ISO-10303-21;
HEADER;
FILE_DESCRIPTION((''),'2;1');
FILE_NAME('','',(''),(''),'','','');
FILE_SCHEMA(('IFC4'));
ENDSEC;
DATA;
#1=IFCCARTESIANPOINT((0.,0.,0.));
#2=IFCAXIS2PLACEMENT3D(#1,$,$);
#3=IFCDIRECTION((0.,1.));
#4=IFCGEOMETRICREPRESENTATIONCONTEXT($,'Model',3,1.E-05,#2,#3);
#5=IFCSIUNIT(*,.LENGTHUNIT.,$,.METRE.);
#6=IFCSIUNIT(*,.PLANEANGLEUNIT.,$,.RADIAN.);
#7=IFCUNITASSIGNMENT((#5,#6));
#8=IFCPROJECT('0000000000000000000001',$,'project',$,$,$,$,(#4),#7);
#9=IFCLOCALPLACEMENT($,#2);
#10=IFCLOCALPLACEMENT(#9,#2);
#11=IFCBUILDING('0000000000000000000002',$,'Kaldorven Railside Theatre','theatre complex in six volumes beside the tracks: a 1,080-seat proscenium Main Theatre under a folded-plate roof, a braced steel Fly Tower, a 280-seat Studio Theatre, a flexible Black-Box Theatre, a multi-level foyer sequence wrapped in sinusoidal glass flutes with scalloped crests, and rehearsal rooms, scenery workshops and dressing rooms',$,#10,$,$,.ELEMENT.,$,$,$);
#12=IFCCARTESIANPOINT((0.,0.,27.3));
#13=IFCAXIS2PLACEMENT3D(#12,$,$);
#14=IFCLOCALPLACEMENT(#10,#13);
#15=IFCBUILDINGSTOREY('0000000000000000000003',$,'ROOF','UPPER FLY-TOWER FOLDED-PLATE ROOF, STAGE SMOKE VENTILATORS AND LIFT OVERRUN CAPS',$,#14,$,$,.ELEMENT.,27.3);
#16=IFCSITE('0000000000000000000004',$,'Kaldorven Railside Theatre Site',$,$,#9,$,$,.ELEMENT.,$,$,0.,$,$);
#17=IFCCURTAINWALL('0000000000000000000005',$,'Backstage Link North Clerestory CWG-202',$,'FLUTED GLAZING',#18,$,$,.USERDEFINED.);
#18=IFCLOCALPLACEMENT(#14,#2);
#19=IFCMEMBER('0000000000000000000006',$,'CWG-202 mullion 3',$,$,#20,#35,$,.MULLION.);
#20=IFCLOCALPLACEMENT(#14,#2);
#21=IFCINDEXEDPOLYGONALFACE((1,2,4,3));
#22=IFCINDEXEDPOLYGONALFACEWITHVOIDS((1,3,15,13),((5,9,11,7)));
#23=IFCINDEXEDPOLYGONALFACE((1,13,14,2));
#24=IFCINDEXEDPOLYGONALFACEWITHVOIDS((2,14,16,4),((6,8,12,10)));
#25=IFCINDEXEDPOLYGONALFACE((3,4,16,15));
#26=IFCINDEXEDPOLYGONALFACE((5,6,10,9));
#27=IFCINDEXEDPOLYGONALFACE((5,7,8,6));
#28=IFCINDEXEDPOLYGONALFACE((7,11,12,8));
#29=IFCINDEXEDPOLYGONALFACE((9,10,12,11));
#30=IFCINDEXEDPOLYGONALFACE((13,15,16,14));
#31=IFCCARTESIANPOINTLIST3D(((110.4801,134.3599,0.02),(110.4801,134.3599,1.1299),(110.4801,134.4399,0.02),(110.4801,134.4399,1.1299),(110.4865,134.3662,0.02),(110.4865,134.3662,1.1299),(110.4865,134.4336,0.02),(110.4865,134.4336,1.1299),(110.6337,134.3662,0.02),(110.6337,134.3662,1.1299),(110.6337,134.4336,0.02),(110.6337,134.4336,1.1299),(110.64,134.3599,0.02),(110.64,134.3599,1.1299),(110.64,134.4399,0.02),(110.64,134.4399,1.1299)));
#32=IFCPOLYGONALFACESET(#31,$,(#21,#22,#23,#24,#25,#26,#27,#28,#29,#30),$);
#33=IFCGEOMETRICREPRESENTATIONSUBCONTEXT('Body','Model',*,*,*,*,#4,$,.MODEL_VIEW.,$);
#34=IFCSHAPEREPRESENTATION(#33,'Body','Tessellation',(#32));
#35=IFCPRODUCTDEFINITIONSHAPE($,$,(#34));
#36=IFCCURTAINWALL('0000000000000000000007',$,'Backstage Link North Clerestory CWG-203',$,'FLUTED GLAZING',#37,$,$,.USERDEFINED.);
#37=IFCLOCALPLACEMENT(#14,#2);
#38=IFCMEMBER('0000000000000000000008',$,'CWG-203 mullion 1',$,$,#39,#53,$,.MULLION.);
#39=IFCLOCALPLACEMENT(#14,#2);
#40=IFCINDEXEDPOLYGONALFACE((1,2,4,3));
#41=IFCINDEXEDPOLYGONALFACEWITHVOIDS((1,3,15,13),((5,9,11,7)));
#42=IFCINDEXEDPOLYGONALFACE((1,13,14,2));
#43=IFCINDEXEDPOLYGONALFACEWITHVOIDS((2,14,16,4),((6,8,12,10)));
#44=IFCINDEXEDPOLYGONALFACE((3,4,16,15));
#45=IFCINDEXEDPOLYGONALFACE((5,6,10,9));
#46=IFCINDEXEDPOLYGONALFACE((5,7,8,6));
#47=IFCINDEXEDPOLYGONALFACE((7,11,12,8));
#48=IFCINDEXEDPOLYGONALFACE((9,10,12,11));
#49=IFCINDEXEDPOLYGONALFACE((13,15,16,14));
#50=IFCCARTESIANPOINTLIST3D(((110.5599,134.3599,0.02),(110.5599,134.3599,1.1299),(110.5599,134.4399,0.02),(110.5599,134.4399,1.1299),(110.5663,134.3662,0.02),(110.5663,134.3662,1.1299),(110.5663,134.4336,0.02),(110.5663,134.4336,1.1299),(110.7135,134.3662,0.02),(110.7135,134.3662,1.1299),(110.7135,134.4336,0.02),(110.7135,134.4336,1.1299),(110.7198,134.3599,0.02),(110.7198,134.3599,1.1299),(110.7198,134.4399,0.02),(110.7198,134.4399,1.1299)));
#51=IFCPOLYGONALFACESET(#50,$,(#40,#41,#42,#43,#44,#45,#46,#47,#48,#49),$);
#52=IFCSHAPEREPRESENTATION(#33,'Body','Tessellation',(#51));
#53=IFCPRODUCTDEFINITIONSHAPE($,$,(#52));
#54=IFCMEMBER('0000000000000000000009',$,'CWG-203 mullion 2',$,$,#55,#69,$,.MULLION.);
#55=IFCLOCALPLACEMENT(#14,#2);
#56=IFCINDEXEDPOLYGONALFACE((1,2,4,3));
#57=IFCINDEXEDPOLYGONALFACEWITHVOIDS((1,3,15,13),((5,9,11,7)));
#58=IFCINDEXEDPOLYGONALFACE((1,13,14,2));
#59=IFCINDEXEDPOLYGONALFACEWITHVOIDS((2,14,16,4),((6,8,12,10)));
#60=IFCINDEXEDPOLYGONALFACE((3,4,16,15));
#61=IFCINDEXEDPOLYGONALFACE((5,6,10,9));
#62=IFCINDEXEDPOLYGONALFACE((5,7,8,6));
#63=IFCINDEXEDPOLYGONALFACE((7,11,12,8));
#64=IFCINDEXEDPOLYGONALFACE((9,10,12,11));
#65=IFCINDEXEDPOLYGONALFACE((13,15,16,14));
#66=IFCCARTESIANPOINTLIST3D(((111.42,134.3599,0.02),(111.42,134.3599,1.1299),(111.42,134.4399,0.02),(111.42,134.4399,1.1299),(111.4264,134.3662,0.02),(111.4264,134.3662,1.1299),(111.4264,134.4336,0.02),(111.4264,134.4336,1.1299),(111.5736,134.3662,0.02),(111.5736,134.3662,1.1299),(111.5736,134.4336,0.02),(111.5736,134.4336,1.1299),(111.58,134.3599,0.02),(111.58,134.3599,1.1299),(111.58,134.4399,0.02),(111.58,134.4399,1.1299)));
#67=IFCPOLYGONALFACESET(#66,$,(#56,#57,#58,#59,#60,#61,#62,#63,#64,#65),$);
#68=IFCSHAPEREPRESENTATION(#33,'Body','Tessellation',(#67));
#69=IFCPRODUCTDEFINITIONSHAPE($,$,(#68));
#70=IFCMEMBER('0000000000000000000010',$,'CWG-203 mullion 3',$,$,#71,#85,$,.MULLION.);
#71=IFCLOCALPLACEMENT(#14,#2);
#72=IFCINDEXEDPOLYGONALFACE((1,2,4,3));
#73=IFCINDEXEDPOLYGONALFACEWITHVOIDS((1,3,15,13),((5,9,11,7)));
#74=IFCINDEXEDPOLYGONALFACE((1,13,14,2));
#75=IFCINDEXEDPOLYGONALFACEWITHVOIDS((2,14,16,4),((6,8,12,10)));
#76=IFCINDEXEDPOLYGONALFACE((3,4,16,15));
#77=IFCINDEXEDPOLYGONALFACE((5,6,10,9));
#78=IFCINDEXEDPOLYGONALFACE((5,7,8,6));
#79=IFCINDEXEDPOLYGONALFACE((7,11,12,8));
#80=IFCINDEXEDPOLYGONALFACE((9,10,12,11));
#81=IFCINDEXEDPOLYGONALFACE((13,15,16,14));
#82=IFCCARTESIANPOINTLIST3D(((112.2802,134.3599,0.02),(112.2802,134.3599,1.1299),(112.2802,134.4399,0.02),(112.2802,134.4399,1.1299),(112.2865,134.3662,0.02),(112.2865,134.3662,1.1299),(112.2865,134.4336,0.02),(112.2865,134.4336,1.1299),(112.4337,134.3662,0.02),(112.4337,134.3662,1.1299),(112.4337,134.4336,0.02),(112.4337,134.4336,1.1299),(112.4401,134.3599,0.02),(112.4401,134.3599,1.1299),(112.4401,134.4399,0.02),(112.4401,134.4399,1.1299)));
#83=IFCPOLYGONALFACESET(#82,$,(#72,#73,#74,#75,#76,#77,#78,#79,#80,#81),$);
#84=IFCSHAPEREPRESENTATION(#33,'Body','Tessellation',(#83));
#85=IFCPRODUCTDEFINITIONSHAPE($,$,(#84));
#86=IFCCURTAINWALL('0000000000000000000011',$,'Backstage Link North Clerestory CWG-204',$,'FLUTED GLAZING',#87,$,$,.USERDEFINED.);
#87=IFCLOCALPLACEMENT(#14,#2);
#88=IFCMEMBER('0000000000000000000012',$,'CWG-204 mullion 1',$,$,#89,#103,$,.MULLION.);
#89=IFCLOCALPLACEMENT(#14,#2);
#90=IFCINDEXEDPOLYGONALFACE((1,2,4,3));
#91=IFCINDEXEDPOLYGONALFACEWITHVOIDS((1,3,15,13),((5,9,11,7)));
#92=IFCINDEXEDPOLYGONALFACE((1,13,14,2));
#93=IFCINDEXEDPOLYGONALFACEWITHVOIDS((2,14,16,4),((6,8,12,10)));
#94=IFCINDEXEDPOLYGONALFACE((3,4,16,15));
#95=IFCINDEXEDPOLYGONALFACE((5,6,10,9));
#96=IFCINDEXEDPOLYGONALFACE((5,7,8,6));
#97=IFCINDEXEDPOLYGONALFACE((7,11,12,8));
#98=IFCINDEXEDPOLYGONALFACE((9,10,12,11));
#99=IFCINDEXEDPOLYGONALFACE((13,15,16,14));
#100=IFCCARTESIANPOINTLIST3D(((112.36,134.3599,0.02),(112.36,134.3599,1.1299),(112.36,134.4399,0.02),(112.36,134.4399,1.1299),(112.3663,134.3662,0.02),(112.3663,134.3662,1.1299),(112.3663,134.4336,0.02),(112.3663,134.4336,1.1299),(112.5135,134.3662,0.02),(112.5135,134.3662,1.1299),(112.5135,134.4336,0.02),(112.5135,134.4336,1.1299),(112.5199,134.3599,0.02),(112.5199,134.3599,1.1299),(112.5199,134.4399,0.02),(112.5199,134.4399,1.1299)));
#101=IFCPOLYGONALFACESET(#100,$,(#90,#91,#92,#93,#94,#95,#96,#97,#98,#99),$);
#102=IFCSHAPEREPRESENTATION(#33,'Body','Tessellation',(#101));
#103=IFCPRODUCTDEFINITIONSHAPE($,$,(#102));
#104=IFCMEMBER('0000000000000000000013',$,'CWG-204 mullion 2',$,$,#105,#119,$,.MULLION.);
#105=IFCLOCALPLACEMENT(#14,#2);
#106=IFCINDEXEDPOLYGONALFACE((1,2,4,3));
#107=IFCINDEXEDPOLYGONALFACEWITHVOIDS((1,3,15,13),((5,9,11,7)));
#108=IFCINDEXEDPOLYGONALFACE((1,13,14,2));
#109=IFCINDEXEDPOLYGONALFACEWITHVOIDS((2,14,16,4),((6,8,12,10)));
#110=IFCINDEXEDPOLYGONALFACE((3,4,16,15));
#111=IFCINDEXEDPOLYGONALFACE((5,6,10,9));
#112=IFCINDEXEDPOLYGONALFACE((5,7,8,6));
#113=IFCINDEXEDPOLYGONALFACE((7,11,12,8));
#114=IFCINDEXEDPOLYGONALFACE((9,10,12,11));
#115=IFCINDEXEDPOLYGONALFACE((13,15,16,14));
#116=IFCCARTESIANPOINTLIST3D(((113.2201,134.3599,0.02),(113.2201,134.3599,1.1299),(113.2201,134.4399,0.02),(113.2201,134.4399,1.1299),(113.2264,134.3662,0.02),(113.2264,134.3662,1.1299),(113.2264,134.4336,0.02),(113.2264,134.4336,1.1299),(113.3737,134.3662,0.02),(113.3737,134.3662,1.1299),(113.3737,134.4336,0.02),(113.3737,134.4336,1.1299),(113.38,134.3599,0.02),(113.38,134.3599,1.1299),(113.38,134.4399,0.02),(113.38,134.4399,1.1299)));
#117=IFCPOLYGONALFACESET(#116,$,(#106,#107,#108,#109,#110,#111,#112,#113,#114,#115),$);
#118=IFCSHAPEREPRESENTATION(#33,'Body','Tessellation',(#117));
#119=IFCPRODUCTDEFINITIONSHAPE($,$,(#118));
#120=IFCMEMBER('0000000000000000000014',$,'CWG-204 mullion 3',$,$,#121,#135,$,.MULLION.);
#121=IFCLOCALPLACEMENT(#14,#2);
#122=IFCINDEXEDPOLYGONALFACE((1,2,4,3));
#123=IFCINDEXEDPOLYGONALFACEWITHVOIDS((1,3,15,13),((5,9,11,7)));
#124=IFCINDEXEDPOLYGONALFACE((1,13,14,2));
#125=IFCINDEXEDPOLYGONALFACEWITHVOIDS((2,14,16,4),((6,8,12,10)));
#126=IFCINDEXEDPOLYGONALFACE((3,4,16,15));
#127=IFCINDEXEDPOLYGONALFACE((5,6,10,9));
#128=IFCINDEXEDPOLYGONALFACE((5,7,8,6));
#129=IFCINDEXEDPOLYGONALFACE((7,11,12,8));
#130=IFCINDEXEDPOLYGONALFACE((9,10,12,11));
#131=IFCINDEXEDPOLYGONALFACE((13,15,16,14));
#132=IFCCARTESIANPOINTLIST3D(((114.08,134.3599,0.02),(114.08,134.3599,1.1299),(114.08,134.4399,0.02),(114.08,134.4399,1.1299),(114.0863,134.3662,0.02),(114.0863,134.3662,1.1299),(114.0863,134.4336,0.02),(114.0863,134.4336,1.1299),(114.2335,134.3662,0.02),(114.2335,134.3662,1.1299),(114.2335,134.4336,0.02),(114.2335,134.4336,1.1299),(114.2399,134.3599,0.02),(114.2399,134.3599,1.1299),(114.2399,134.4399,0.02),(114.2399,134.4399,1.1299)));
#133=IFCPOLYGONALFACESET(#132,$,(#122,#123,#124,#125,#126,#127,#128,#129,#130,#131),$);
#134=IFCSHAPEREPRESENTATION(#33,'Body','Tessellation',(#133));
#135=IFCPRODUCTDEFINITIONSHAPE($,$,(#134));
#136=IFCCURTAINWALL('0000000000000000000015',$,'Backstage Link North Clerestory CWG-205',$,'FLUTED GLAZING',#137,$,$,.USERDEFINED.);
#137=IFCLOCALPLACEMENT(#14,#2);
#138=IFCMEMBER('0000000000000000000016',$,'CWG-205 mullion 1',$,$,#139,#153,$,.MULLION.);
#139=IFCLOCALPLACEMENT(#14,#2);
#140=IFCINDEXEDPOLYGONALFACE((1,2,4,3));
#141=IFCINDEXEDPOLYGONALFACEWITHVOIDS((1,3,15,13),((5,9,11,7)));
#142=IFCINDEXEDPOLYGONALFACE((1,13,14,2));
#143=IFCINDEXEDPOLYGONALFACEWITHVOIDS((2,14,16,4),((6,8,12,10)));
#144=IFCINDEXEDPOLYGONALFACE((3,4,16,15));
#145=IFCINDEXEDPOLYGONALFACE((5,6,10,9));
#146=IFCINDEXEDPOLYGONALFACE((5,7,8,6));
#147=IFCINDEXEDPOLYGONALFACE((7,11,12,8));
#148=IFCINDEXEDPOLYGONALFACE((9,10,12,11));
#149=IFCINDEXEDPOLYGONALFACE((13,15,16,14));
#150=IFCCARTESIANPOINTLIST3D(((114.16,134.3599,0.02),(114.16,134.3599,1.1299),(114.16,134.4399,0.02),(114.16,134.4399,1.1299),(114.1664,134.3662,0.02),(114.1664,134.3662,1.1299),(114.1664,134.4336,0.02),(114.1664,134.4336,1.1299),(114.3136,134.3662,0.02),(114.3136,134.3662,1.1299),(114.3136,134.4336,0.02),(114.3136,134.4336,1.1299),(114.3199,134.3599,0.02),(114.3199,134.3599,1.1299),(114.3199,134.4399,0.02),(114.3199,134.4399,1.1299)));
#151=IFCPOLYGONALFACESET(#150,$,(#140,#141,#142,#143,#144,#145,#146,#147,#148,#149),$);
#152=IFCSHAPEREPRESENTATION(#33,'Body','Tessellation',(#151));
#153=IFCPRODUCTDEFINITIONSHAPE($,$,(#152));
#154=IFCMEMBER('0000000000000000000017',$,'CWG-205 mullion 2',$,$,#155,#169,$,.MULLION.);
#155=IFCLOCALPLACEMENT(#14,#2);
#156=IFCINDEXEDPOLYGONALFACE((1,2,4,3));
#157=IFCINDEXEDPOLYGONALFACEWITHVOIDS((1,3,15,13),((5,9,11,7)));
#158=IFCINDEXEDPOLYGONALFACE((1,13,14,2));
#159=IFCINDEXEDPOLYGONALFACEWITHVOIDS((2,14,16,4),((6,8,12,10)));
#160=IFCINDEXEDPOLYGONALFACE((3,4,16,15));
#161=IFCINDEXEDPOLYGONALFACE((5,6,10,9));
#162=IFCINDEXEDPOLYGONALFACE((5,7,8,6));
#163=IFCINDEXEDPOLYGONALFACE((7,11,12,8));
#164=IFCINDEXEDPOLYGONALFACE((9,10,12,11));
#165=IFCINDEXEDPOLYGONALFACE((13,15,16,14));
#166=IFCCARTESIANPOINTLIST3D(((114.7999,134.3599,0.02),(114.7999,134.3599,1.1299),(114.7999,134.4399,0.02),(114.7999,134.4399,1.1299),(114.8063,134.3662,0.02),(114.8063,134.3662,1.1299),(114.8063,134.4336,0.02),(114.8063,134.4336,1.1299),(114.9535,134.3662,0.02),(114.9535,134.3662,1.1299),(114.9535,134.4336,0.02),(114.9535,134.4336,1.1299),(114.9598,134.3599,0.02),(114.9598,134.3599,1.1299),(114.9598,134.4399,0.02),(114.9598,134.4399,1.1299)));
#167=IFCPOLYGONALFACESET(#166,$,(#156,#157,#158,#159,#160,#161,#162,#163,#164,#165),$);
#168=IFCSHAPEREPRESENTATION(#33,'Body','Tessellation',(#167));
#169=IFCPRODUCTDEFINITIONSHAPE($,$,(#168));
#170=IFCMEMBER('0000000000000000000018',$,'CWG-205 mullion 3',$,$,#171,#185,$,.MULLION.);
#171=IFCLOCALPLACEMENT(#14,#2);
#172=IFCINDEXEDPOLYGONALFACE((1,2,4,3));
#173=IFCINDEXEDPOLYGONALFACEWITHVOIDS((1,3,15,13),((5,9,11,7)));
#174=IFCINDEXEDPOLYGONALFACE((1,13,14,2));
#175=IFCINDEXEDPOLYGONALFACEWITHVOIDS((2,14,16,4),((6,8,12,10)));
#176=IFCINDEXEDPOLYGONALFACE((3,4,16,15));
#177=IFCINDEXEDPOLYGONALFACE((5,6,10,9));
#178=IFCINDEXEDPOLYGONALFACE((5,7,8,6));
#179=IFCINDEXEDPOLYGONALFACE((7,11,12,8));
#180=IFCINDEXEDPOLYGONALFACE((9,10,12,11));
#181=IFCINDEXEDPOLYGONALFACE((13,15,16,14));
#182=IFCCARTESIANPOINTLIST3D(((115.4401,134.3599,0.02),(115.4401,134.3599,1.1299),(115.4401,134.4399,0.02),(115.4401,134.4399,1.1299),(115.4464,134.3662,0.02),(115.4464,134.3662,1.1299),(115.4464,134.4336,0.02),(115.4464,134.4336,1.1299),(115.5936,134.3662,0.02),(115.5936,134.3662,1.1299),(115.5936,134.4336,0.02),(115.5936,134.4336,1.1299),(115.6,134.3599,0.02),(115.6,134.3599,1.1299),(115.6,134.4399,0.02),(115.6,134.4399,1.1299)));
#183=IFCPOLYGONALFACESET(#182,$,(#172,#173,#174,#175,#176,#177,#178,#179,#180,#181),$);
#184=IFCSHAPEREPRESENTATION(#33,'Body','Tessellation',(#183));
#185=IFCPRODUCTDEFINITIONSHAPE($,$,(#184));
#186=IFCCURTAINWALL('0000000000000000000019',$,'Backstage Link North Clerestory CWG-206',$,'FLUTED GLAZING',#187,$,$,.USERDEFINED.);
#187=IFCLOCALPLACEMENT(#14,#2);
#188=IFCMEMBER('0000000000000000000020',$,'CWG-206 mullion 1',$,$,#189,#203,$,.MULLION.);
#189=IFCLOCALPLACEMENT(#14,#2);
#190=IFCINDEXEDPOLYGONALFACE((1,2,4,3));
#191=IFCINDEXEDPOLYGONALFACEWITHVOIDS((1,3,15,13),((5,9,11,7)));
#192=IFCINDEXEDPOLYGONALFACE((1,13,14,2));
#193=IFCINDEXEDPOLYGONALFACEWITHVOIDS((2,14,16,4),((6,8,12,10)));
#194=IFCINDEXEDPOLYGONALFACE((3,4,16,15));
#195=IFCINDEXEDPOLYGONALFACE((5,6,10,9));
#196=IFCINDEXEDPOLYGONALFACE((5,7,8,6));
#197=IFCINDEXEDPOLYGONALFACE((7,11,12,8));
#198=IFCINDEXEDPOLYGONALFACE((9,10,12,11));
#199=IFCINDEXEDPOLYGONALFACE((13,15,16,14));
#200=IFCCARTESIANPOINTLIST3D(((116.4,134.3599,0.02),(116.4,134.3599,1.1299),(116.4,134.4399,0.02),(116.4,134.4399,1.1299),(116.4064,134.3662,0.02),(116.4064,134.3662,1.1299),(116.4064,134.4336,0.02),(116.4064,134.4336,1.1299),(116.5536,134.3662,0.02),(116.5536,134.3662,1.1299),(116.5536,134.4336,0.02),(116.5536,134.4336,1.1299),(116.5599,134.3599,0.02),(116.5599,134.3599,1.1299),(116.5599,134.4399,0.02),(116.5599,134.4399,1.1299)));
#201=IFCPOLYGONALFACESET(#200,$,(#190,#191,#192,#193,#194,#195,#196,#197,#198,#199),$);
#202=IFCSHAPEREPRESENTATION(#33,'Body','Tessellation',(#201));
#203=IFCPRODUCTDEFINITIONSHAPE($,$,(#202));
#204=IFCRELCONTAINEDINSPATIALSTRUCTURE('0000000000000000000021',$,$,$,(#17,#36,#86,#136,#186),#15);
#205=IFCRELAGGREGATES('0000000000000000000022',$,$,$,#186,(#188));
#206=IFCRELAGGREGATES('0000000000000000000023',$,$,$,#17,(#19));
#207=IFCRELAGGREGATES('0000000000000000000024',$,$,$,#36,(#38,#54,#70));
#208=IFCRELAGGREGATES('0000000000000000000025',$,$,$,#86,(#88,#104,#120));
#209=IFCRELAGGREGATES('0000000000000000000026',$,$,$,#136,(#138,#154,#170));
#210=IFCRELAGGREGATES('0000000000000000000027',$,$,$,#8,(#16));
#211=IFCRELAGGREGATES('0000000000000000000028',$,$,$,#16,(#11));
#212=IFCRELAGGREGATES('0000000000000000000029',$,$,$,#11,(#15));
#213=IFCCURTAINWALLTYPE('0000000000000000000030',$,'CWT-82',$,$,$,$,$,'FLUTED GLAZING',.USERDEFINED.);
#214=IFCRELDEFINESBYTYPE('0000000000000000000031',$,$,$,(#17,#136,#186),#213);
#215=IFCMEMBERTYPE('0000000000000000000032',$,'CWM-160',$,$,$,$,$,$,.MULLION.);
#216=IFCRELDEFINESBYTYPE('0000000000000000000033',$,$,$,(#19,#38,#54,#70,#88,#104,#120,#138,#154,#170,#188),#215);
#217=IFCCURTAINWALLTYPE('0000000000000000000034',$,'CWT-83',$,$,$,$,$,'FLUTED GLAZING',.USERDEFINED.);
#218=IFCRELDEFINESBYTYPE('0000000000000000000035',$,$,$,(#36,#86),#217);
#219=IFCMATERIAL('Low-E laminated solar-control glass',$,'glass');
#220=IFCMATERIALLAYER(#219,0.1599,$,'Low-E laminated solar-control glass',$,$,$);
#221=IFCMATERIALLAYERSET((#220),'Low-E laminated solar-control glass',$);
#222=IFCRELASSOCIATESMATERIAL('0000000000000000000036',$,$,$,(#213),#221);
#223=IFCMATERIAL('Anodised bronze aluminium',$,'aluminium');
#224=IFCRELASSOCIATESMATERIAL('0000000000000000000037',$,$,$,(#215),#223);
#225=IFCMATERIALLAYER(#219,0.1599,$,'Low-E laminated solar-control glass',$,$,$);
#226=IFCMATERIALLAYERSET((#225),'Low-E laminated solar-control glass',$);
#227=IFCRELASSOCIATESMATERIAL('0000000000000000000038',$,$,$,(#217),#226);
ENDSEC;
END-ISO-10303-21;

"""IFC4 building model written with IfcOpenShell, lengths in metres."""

from ifc_helpers import new_model, si_unit, direction, frame, origin, origin_2d, place, context, subcontext, project, spatial, hollow_rectangle, extrude, material, layer, layer_set, material_profile, profile_set, type_object, element, aggregate, save


model = new_model("IFC4")

# Units and contexts
model_context = context("Model", 3, precision=1e-05, world=origin(), true_north=direction((0.0, 1.0)))
body_context = subcontext(model_context, "Body", "Model", "MODEL_VIEW")
ifc_project = project(units=[si_unit("LENGTHUNIT", "METRE"), si_unit("PLANEANGLEUNIT", "RADIAN")], contexts=[model_context])

# Site, building, storey
site_placement = place(None, origin())
site = spatial("IfcSite", under=ifc_project, at=site_placement, Name="Kaldorven Railside Theatre Site", CompositionType="ELEMENT", RefElevation=0.0)
building_placement = place(site_placement, origin())
building = spatial("IfcBuilding", under=site, at=building_placement, Name="Kaldorven Railside Theatre", Description="theatre complex in six volumes beside the tracks: a 1,080-seat proscenium Main Theatre under a folded-plate roof, a braced steel Fly Tower, a 280-seat Studio Theatre, a flexible Black-Box Theatre, a multi-level foyer sequence wrapped in sinusoidal glass flutes with scalloped crests, and rehearsal rooms, scenery workshops and dressing rooms", CompositionType="ELEMENT")
storey_placement = place(building_placement, frame((0.0, 0.0, 27.3)))
storey = spatial("IfcBuildingStorey", under=building, at=storey_placement, Name="ROOF", Description="UPPER FLY-TOWER FOLDED-PLATE ROOF, STAGE SMOKE VENTILATORS AND LIFT OVERRUN CAPS", CompositionType="ELEMENT", Elevation=27.3)

# Curtain wall, member
ifc_material_1 = material(Name="Low-E laminated solar-control glass", Category="glass")
ifc_layer_1 = layer(ifc_material_1, 0.1599, Name="Low-E laminated solar-control glass")
ifc_layer_set_1 = layer_set([ifc_layer_1], Name="Low-E laminated solar-control glass")
curtain_wall_type_1 = type_object("IfcCurtainWallType", Name="CWT-82", ElementType="FLUTED GLAZING", PredefinedType="USERDEFINED", material=ifc_layer_set_1)
curtain_wall_1_placement = place(storey_placement, origin())
curtain_wall_1 = element("IfcCurtainWall", 1, at=curtain_wall_1_placement, inside=storey, type_object=curtain_wall_type_1, Name="Backstage Link North Clerestory CWG-202", ObjectType="FLUTED GLAZING", PredefinedType="USERDEFINED")
ifc_material_2 = material(Name="Anodised bronze aluminium", Category="aluminium")
ifc_material_profile_1 = material_profile(ifc_material_2, hollow_rectangle(XDim=0.0801, YDim=0.1599, WallThickness=0.0063, at=origin_2d()), Name="RHS 160x80x6.3")
ifc_profile_set_1 = profile_set([ifc_material_profile_1], Name="Anodised bronze aluminium")
member_type_1 = type_object("IfcMemberType", Name="CWM-160", PredefinedType="MULLION", material=ifc_profile_set_1)
member_1_placement = place(storey_placement, frame((110.5601, 134.3999, 0.02), z_axis=(0.0, 0.0, 1.0), x_axis=(0.0, 1.0, 0.0)))
member_1 = element("IfcMember", 2, at=member_1_placement, type_object=member_type_1, Name="CWG-202 mullion 3", PredefinedType="MULLION", context=body_context, shape_type="SweptSolid", body=[
    extrude(hollow_rectangle(XDim=0.0801, YDim=0.1599, WallThickness=0.0063, at=origin_2d()), origin(), (0.0, 0.0, 1.0), 1.1099),
])

# Curtain walls, members
ifc_layer_2 = layer(ifc_material_1, 0.1599, Name="Low-E laminated solar-control glass")
ifc_layer_set_2 = layer_set([ifc_layer_2], Name="Low-E laminated solar-control glass")
curtain_wall_type_2 = type_object("IfcCurtainWallType", Name="CWT-83", ElementType="FLUTED GLAZING", PredefinedType="USERDEFINED", material=ifc_layer_set_2)
curtain_wall_2_placement = place(storey_placement, origin())
curtain_wall_2 = element("IfcCurtainWall", 3, at=curtain_wall_2_placement, inside=storey, type_object=curtain_wall_type_2, Name="Backstage Link North Clerestory CWG-203", ObjectType="FLUTED GLAZING", PredefinedType="USERDEFINED")
member_2_placement = place(storey_placement, frame((110.6399, 134.3999, 0.02), z_axis=(0.0, 0.0, 1.0), x_axis=(0.0, 1.0, 0.0)))
member_2 = element("IfcMember", 4, at=member_2_placement, type_object=member_type_1, Name="CWG-203 mullion 1", PredefinedType="MULLION", context=body_context, shape_type="SweptSolid", body=[
    extrude(hollow_rectangle(XDim=0.0801, YDim=0.1599, WallThickness=0.0063, at=origin_2d()), origin(), (0.0, 0.0, 1.0), 1.1099),
])
member_3_placement = place(storey_placement, frame((111.5, 134.3999, 0.02), z_axis=(0.0, 0.0, 1.0), x_axis=(0.0, 1.0, 0.0)))
member_3 = element("IfcMember", 5, at=member_3_placement, type_object=member_type_1, Name="CWG-203 mullion 2", PredefinedType="MULLION", context=body_context, shape_type="SweptSolid", body=[
    extrude(hollow_rectangle(XDim=0.0801, YDim=0.1599, WallThickness=0.0063, at=origin_2d()), origin(), (0.0, 0.0, 1.0), 1.1099),
])
member_4_placement = place(storey_placement, frame((112.3601, 134.3999, 0.02), z_axis=(0.0, 0.0, 1.0), x_axis=(0.0, 1.0, 0.0)))
member_4 = element("IfcMember", 6, at=member_4_placement, type_object=member_type_1, Name="CWG-203 mullion 3", PredefinedType="MULLION", context=body_context, shape_type="SweptSolid", body=[
    extrude(hollow_rectangle(XDim=0.0801, YDim=0.1599, WallThickness=0.0063, at=origin_2d()), origin(), (0.0, 0.0, 1.0), 1.1099),
])
curtain_wall_3_placement = place(storey_placement, origin())
curtain_wall_3 = element("IfcCurtainWall", 7, at=curtain_wall_3_placement, inside=storey, type_object=curtain_wall_type_2, Name="Backstage Link North Clerestory CWG-204", ObjectType="FLUTED GLAZING", PredefinedType="USERDEFINED")
member_5_placement = place(storey_placement, frame((112.4399, 134.3999, 0.02), z_axis=(0.0, 0.0, 1.0), x_axis=(0.0, 1.0, 0.0)))
member_5 = element("IfcMember", 8, at=member_5_placement, type_object=member_type_1, Name="CWG-204 mullion 1", PredefinedType="MULLION", context=body_context, shape_type="SweptSolid", body=[
    extrude(hollow_rectangle(XDim=0.0801, YDim=0.1599, WallThickness=0.0063, at=origin_2d()), origin(), (0.0, 0.0, 1.0), 1.1099),
])
member_6_placement = place(storey_placement, frame((113.3, 134.3999, 0.02), z_axis=(0.0, 0.0, 1.0), x_axis=(0.0, 1.0, 0.0)))
member_6 = element("IfcMember", 9, at=member_6_placement, type_object=member_type_1, Name="CWG-204 mullion 2", PredefinedType="MULLION", context=body_context, shape_type="SweptSolid", body=[
    extrude(hollow_rectangle(XDim=0.0801, YDim=0.1599, WallThickness=0.0063, at=origin_2d()), origin(), (0.0, 0.0, 1.0), 1.1099),
])
member_7_placement = place(storey_placement, frame((114.1599, 134.3999, 0.02), z_axis=(0.0, 0.0, 1.0), x_axis=(0.0, 1.0, 0.0)))
member_7 = element("IfcMember", 10, at=member_7_placement, type_object=member_type_1, Name="CWG-204 mullion 3", PredefinedType="MULLION", context=body_context, shape_type="SweptSolid", body=[
    extrude(hollow_rectangle(XDim=0.0801, YDim=0.1599, WallThickness=0.0063, at=origin_2d()), origin(), (0.0, 0.0, 1.0), 1.1099),
])
curtain_wall_4_placement = place(storey_placement, origin())
curtain_wall_4 = element("IfcCurtainWall", 11, at=curtain_wall_4_placement, inside=storey, type_object=curtain_wall_type_1, Name="Backstage Link North Clerestory CWG-205", ObjectType="FLUTED GLAZING", PredefinedType="USERDEFINED")
member_8_placement = place(storey_placement, frame((114.24, 134.3999, 0.02), z_axis=(0.0, 0.0, 1.0), x_axis=(0.0, 1.0, 0.0)))
member_8 = element("IfcMember", 12, at=member_8_placement, type_object=member_type_1, Name="CWG-205 mullion 1", PredefinedType="MULLION", context=body_context, shape_type="SweptSolid", body=[
    extrude(hollow_rectangle(XDim=0.0801, YDim=0.1599, WallThickness=0.0063, at=origin_2d()), origin(), (0.0, 0.0, 1.0), 1.1099),
])
member_9_placement = place(storey_placement, frame((114.8799, 134.3999, 0.02), z_axis=(0.0, 0.0, 1.0), x_axis=(0.0, 1.0, 0.0)))
member_9 = element("IfcMember", 13, at=member_9_placement, type_object=member_type_1, Name="CWG-205 mullion 2", PredefinedType="MULLION", context=body_context, shape_type="SweptSolid", body=[
    extrude(hollow_rectangle(XDim=0.0801, YDim=0.1599, WallThickness=0.0063, at=origin_2d()), origin(), (0.0, 0.0, 1.0), 1.1099),
])
member_10_placement = place(storey_placement, frame((115.52, 134.3999, 0.02), z_axis=(0.0, 0.0, 1.0), x_axis=(0.0, 1.0, 0.0)))
member_10 = element("IfcMember", 14, at=member_10_placement, type_object=member_type_1, Name="CWG-205 mullion 3", PredefinedType="MULLION", context=body_context, shape_type="SweptSolid", body=[
    extrude(hollow_rectangle(XDim=0.0801, YDim=0.1599, WallThickness=0.0063, at=origin_2d()), origin(), (0.0, 0.0, 1.0), 1.1099),
])

# Curtain wall, member
curtain_wall_5_placement = place(storey_placement, origin())
curtain_wall_5 = element("IfcCurtainWall", 15, at=curtain_wall_5_placement, inside=storey, type_object=curtain_wall_type_1, Name="Backstage Link North Clerestory CWG-206", ObjectType="FLUTED GLAZING", PredefinedType="USERDEFINED")
member_11_placement = place(storey_placement, frame((116.48, 134.3999, 0.02), z_axis=(0.0, 0.0, 1.0), x_axis=(0.0, 1.0, 0.0)))
member_11 = element("IfcMember", 16, at=member_11_placement, type_object=member_type_1, Name="CWG-206 mullion 1", PredefinedType="MULLION", context=body_context, shape_type="SweptSolid", body=[
    extrude(hollow_rectangle(XDim=0.0801, YDim=0.1599, WallThickness=0.0063, at=origin_2d()), origin(), (0.0, 0.0, 1.0), 1.1099),
])
aggregate(curtain_wall_5, [member_11])

aggregate(curtain_wall_1, [member_1])
aggregate(curtain_wall_2, [member_2, member_3, member_4])
aggregate(curtain_wall_3, [member_5, member_6, member_7])
aggregate(curtain_wall_4, [member_8, member_9, member_10])

save(model, "model.ifc")
